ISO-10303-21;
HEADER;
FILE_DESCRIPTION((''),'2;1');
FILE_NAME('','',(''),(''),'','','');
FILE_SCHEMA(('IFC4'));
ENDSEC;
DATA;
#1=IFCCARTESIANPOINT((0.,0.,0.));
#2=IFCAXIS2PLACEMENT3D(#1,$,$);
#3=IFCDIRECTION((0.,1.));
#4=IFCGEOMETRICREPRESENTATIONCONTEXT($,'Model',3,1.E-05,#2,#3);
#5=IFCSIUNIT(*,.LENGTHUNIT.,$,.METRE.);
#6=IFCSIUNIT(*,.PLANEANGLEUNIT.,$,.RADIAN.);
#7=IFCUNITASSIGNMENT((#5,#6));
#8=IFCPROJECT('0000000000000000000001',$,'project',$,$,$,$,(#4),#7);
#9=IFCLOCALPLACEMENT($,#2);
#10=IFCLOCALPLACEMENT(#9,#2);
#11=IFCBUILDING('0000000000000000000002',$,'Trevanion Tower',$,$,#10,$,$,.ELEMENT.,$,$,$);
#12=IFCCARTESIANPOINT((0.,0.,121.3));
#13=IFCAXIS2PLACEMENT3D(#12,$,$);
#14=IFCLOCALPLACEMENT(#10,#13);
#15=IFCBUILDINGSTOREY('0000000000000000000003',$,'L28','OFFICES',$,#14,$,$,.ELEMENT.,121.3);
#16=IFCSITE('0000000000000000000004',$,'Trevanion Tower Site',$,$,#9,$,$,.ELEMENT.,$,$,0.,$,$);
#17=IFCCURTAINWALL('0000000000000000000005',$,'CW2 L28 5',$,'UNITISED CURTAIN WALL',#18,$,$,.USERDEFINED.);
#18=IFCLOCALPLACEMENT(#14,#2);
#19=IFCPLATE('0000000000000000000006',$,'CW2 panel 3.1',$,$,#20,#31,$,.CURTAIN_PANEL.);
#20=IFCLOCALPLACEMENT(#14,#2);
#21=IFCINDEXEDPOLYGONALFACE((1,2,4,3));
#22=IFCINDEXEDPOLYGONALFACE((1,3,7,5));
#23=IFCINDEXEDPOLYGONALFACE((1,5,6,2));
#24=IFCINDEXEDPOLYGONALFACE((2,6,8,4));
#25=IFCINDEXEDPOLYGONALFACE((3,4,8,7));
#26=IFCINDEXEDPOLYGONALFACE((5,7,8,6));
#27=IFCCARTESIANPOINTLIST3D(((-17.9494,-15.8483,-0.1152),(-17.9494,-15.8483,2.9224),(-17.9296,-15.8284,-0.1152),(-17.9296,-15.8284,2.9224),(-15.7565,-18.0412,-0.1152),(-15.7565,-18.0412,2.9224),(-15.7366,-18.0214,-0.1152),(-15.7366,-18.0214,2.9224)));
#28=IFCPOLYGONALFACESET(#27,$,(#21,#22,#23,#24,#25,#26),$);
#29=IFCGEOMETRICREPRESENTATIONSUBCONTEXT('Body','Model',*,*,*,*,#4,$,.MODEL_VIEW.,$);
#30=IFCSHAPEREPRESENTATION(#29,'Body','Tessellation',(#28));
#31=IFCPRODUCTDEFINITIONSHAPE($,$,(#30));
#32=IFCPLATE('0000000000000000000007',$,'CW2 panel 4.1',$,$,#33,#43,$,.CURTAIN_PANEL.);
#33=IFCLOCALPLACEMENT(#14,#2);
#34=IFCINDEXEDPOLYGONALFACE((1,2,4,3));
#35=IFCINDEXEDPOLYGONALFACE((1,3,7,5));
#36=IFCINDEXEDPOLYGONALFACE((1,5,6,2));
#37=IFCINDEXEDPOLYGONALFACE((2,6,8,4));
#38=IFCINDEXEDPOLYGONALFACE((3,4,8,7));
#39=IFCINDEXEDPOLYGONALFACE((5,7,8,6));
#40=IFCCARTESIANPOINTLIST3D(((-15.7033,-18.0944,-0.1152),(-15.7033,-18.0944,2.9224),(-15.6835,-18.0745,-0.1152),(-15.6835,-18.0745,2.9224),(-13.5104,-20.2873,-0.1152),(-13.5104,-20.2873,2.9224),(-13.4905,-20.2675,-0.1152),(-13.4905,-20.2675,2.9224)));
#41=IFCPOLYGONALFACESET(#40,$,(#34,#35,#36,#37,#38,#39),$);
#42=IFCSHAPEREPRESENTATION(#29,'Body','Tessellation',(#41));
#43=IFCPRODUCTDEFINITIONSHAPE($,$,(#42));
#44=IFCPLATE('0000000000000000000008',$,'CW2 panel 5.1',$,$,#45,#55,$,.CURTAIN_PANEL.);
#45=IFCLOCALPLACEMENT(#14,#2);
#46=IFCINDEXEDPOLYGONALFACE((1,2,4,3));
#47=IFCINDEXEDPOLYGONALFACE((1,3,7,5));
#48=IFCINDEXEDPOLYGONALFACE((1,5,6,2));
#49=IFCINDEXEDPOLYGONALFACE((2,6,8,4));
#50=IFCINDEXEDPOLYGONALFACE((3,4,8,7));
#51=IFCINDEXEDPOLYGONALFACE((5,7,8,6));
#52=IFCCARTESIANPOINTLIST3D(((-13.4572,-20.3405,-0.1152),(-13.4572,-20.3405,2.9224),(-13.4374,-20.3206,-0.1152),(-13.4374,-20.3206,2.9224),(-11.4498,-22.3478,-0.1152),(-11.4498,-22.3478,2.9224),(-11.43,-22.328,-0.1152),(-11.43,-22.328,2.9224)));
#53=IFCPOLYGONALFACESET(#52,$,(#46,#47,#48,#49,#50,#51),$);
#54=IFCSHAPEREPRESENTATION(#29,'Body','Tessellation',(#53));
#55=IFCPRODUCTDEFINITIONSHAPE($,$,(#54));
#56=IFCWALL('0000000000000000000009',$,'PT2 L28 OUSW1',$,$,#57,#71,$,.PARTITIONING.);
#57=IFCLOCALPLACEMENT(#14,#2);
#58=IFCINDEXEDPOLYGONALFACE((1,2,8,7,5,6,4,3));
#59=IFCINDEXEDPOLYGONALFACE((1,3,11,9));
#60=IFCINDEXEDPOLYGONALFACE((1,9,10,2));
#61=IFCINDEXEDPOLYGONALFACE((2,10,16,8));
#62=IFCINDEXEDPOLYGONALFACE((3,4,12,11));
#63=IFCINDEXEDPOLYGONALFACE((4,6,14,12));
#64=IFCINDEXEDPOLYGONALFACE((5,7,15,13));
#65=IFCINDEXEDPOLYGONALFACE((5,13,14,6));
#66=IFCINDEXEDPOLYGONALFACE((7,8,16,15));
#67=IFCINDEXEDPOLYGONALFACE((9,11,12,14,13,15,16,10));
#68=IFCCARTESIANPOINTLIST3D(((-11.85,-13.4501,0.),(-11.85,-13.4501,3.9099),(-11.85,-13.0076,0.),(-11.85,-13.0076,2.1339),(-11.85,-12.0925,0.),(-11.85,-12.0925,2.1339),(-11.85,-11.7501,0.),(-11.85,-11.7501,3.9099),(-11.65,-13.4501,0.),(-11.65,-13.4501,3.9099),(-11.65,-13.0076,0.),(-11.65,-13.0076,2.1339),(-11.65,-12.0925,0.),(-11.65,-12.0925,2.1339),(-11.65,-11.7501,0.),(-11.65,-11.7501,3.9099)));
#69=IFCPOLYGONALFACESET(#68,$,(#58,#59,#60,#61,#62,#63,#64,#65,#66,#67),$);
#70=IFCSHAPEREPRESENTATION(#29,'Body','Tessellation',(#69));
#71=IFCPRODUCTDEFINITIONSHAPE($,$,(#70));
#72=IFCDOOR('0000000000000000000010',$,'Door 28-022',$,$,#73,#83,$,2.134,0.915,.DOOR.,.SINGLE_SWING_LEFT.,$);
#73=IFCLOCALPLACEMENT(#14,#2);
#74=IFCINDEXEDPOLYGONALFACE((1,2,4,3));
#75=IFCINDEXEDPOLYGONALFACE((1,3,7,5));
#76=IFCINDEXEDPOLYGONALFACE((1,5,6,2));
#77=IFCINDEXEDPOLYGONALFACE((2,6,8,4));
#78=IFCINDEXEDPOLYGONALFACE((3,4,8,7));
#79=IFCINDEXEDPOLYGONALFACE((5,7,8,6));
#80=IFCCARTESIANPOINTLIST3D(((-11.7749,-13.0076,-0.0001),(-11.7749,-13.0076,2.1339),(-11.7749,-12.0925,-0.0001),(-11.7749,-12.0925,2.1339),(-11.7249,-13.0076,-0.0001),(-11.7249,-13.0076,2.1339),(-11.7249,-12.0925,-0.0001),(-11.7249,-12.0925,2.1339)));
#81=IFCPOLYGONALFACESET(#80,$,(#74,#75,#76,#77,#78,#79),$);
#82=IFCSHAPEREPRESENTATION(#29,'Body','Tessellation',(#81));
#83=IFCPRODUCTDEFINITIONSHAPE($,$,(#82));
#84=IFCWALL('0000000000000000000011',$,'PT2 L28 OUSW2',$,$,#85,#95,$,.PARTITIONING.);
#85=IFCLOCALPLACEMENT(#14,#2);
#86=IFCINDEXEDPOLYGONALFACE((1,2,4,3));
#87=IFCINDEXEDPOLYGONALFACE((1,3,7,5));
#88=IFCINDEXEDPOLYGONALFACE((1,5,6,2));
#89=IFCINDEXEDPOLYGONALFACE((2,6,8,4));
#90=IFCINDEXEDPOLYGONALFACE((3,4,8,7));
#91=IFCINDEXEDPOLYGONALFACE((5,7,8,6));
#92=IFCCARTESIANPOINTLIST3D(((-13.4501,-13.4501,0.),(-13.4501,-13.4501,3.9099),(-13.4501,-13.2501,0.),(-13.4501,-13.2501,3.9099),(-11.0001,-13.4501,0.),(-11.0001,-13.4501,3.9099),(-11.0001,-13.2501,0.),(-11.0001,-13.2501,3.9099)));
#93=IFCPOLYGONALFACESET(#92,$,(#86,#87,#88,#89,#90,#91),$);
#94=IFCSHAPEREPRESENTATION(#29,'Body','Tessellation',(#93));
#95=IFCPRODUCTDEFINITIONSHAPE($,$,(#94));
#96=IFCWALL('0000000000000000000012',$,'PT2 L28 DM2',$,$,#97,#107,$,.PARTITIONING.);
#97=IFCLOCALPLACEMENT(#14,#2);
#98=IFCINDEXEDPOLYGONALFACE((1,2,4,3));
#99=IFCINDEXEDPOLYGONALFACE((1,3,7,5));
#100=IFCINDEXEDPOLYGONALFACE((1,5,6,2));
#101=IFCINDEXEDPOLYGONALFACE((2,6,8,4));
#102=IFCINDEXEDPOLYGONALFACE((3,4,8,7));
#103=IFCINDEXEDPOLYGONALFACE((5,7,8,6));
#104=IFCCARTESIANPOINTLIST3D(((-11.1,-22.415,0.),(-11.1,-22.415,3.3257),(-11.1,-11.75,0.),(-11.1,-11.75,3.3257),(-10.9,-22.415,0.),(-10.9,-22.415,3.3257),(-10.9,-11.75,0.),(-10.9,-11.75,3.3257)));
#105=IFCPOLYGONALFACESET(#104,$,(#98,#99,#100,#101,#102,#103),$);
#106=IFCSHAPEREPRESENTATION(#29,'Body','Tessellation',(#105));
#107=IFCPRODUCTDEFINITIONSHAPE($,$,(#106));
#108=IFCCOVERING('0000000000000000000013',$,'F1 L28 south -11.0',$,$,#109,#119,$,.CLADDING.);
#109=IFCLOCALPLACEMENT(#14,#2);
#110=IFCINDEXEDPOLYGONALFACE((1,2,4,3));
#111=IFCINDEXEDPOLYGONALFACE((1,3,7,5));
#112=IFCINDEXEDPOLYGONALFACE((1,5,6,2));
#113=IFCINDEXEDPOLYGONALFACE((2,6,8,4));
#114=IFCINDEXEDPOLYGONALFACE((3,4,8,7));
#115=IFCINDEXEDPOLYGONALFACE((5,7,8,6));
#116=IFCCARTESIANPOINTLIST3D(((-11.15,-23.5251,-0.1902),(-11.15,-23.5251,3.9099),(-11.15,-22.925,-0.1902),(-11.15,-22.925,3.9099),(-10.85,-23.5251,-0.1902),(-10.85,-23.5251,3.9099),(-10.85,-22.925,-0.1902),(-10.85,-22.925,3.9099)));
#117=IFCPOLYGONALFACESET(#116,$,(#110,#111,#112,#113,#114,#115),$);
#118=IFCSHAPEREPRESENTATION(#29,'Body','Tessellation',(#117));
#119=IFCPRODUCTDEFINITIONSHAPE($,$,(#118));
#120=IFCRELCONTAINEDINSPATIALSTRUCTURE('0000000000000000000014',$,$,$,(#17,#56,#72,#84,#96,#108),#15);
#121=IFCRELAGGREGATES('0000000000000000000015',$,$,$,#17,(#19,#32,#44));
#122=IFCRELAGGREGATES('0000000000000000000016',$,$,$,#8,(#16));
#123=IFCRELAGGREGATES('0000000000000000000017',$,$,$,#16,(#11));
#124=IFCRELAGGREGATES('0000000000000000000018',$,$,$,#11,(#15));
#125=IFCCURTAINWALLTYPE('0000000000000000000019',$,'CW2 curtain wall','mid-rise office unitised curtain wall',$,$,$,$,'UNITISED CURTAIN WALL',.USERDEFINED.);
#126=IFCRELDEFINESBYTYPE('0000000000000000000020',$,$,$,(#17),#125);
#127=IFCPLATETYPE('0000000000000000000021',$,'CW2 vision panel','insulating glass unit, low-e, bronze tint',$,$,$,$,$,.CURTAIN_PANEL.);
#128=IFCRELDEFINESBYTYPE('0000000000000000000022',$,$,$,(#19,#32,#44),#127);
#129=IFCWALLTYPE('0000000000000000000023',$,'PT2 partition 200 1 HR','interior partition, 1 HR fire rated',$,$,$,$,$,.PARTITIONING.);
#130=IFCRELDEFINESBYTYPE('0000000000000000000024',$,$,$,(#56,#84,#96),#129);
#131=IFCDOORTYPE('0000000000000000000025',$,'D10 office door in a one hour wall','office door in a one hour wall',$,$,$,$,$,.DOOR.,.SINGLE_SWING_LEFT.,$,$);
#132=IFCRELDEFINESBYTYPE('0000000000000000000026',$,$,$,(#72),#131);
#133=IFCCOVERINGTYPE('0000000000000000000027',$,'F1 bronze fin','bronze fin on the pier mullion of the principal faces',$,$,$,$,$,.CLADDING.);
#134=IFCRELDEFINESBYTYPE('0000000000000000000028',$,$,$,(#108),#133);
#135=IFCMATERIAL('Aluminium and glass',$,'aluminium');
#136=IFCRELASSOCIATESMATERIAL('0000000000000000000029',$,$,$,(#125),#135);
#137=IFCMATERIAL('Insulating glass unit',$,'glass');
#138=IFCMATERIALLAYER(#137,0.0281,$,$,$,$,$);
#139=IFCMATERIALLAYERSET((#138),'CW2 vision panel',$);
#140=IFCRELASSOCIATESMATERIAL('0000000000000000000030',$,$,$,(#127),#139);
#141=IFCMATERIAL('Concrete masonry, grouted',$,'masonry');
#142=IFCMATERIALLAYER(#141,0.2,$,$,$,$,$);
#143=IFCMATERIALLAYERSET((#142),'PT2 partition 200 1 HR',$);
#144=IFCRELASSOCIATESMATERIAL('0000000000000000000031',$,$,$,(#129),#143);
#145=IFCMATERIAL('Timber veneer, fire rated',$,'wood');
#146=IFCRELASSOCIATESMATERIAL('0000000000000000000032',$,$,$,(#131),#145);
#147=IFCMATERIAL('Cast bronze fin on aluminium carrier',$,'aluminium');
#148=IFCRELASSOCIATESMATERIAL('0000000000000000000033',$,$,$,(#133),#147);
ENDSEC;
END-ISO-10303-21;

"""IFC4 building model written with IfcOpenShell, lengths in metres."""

from ifc_helpers import new_model, si_unit, direction, frame, frame_2d, origin, origin_2d, place, context, subcontext, project, spatial, rectangle, extrude, material, layer, layer_set, type_object, element, fill, aggregate, save


model = new_model("IFC4")

# Units and contexts
model_context = context("Model", 3, precision=1e-05, world=origin(), true_north=direction((0.0, 1.0)))
body_context = subcontext(model_context, "Body", "Model", "MODEL_VIEW")
ifc_project = project(units=[si_unit("LENGTHUNIT", "METRE"), si_unit("PLANEANGLEUNIT", "RADIAN")], contexts=[model_context])

# Site, building, storey
site_placement = place(None, origin())
site = spatial("IfcSite", under=ifc_project, at=site_placement, Name="Trevanion Tower Site", CompositionType="ELEMENT", RefElevation=0.0)
building_placement = place(site_placement, origin())
building = spatial("IfcBuilding", under=site, at=building_placement, Name="Trevanion Tower", CompositionType="ELEMENT")
storey_placement = place(building_placement, frame((0.0, 0.0, 121.3)))
storey = spatial("IfcBuildingStorey", under=building, at=storey_placement, Name="L28", Description="OFFICES", CompositionType="ELEMENT", Elevation=121.3)

# Curtain wall
ifc_material_1 = material(Name="Aluminium and glass", Category="aluminium")
curtain_wall_type = type_object("IfcCurtainWallType", Name="CW2 curtain wall", Description="mid-rise office unitised curtain wall", ElementType="UNITISED CURTAIN WALL", PredefinedType="USERDEFINED", material=ifc_material_1)
curtain_wall_placement = place(storey_placement, origin())
curtain_wall = element("IfcCurtainWall", 1, at=curtain_wall_placement, inside=storey, type_object=curtain_wall_type, Name="CW2 L28 5", ObjectType="UNITISED CURTAIN WALL", PredefinedType="USERDEFINED")

# Plates
ifc_material_2 = material(Name="Insulating glass unit", Category="glass")
ifc_layer_1 = layer(ifc_material_2, 0.0281)
ifc_layer_set_1 = layer_set([ifc_layer_1], Name="CW2 vision panel")
plate_type_1 = type_object("IfcPlateType", Name="CW2 vision panel", Description="insulating glass unit, low-e, bronze tint", PredefinedType="CURTAIN_PANEL", material=ifc_layer_set_1)
plate_1_placement = place(storey_placement, frame((-16.843, -16.9348, -0.1152), z_axis=(0.0, 0.0, 1.0), x_axis=(0.707107, -0.707107, 0.0)))
plate_1 = element("IfcPlate", 2, at=plate_1_placement, type_object=plate_type_1, Name="CW2 panel 3.1", PredefinedType="CURTAIN_PANEL", context=body_context, shape_type="SweptSolid", body=[
    extrude(rectangle(XDim=3.1013, YDim=0.0281, at=origin_2d()), origin(), (0.0, 0.0, 1.0), 3.0376),
])
plate_2_placement = place(storey_placement, frame((-14.5969, -19.1809, -0.1152), z_axis=(0.0, 0.0, 1.0), x_axis=(0.707107, -0.707107, 0.0)))
plate_2 = element("IfcPlate", 3, at=plate_2_placement, type_object=plate_type_1, Name="CW2 panel 4.1", PredefinedType="CURTAIN_PANEL", context=body_context, shape_type="SweptSolid", body=[
    extrude(rectangle(XDim=3.1013, YDim=0.0281, at=origin_2d()), origin(), (0.0, 0.0, 1.0), 3.0376),
])
plate_3_placement = place(storey_placement, frame((-12.4436, -21.3342, -0.1152), z_axis=(0.0, 0.0, 1.0), x_axis=(0.707107, -0.707107, 0.0)))
plate_3 = element("IfcPlate", 4, at=plate_3_placement, type_object=plate_type_1, Name="CW2 panel 5.1", PredefinedType="CURTAIN_PANEL", context=body_context, shape_type="SweptSolid", body=[
    extrude(rectangle(XDim=2.8389, YDim=0.0281, at=origin_2d()), origin(), (0.0, 0.0, 1.0), 3.0376),
])
aggregate(curtain_wall, [plate_1, plate_2, plate_3])

# Wall, opening, door
ifc_material_3 = material(Name="Concrete masonry, grouted", Category="masonry")
ifc_layer_2 = layer(ifc_material_3, 0.2)
ifc_layer_set_2 = layer_set([ifc_layer_2], Name="PT2 partition 200 1 HR")
wall_type = type_object("IfcWallType", Name="PT2 partition 200 1 HR", Description="interior partition, 1 HR fire rated", PredefinedType="PARTITIONING", material=ifc_layer_set_2)
wall_1_placement = place(storey_placement, frame((-11.75, -11.75, 0.0), z_axis=(0.0, 0.0, 1.0), x_axis=(0.0, -1.0, 0.0)))
wall_1 = element("IfcWall", 5, at=wall_1_placement, inside=storey, type_object=wall_type, Name="PT2 L28 OUSW1", PredefinedType="PARTITIONING", context=body_context, shape_type="SweptSolid", body=[
    extrude(rectangle(XDim=1.7, YDim=0.2, at=frame_2d((0.8501, 0.0))), origin(), (0.0, 0.0, 1.0), 3.9099),
])
opening_placement = place(wall_1_placement, frame((0.3425, 0.0, 0.0)))
opening = element("IfcOpeningElement", 6, at=opening_placement, cuts=wall_1, PredefinedType="OPENING", context=body_context, shape_type="SweptSolid", body=[
    extrude(rectangle(XDim=0.915, YDim=2.134, at=frame_2d((0.4575, 1.0669))), frame((0.0, 0.1099, 0.0), z_axis=(0.0, -1.0, 0.0), x_axis=(1.0, 0.0, 0.0)), (0.0, 0.0, 1.0), 0.22),
])
ifc_material_4 = material(Name="Timber veneer, fire rated", Category="wood")
door_type = type_object("IfcDoorType", Name="D10 office door in a one hour wall", Description="office door in a one hour wall", OperationType="SINGLE_SWING_LEFT", PredefinedType="DOOR", material=ifc_material_4)
door_placement = place(opening_placement, frame((0.915, 0.0, 0.0), z_axis=(0.0, 0.0, 1.0), x_axis=(-1.0, 0.0, 0.0)))
door = element("IfcDoor", 7, at=door_placement, inside=storey, type_object=door_type, Name="Door 28-022", OperationType="SINGLE_SWING_LEFT", OverallHeight=2.134, OverallWidth=0.915, PredefinedType="DOOR", context=body_context, shape_type="SweptSolid", body=[
    extrude(rectangle(XDim=0.915, YDim=2.134, at=frame_2d((0.4575, 1.0669))), frame((0.0, 0.0249, 0.0), z_axis=(0.0, -1.0, 0.0), x_axis=(1.0, 0.0, 0.0)), (0.0, 0.0, 1.0), 0.05),
])
fill(opening, door)

# Walls
wall_2_placement = place(storey_placement, frame((-11.0, -13.3501, 0.0), z_axis=(0.0, 0.0, 1.0), x_axis=(-1.0, 0.0, 0.0)))
element("IfcWall", 8, at=wall_2_placement, inside=storey, type_object=wall_type, Name="PT2 L28 OUSW2", PredefinedType="PARTITIONING", context=body_context, shape_type="SweptSolid", body=[
    extrude(rectangle(XDim=2.45, YDim=0.2, at=frame_2d((1.2251, 0.0))), origin(), (0.0, 0.0, 1.0), 3.9099),
])
wall_3_placement = place(storey_placement, frame((-11.0, -11.75, 0.0), z_axis=(0.0, 0.0, 1.0), x_axis=(0.0, -1.0, 0.0)))
element("IfcWall", 9, at=wall_3_placement, inside=storey, type_object=wall_type, Name="PT2 L28 DM2", PredefinedType="PARTITIONING", context=body_context, shape_type="SweptSolid", body=[
    extrude(rectangle(XDim=10.665, YDim=0.2, at=frame_2d((5.3325, 0.0))), origin(), (0.0, 0.0, 1.0), 3.3257),
])

# Covering
ifc_material_5 = material(Name="Cast bronze fin on aluminium carrier", Category="aluminium")
covering_type = type_object("IfcCoveringType", Name="F1 bronze fin", Description="bronze fin on the pier mullion of the principal faces", PredefinedType="CLADDING", material=ifc_material_5)
covering_placement = place(storey_placement, frame((-11.0, -23.2251, -0.1902), z_axis=(0.0, 0.0, 1.0), x_axis=(1.0, 0.0, 0.0)))
element("IfcCovering", 10, at=covering_placement, inside=storey, type_object=covering_type, Name="F1 L28 south -11.0", PredefinedType="CLADDING", context=body_context, shape_type="SweptSolid", body=[
    extrude(rectangle(XDim=0.3, YDim=0.6001, at=origin_2d()), origin(), (0.0, 0.0, 1.0), 4.1001),
])

save(model, "model.ifc")
